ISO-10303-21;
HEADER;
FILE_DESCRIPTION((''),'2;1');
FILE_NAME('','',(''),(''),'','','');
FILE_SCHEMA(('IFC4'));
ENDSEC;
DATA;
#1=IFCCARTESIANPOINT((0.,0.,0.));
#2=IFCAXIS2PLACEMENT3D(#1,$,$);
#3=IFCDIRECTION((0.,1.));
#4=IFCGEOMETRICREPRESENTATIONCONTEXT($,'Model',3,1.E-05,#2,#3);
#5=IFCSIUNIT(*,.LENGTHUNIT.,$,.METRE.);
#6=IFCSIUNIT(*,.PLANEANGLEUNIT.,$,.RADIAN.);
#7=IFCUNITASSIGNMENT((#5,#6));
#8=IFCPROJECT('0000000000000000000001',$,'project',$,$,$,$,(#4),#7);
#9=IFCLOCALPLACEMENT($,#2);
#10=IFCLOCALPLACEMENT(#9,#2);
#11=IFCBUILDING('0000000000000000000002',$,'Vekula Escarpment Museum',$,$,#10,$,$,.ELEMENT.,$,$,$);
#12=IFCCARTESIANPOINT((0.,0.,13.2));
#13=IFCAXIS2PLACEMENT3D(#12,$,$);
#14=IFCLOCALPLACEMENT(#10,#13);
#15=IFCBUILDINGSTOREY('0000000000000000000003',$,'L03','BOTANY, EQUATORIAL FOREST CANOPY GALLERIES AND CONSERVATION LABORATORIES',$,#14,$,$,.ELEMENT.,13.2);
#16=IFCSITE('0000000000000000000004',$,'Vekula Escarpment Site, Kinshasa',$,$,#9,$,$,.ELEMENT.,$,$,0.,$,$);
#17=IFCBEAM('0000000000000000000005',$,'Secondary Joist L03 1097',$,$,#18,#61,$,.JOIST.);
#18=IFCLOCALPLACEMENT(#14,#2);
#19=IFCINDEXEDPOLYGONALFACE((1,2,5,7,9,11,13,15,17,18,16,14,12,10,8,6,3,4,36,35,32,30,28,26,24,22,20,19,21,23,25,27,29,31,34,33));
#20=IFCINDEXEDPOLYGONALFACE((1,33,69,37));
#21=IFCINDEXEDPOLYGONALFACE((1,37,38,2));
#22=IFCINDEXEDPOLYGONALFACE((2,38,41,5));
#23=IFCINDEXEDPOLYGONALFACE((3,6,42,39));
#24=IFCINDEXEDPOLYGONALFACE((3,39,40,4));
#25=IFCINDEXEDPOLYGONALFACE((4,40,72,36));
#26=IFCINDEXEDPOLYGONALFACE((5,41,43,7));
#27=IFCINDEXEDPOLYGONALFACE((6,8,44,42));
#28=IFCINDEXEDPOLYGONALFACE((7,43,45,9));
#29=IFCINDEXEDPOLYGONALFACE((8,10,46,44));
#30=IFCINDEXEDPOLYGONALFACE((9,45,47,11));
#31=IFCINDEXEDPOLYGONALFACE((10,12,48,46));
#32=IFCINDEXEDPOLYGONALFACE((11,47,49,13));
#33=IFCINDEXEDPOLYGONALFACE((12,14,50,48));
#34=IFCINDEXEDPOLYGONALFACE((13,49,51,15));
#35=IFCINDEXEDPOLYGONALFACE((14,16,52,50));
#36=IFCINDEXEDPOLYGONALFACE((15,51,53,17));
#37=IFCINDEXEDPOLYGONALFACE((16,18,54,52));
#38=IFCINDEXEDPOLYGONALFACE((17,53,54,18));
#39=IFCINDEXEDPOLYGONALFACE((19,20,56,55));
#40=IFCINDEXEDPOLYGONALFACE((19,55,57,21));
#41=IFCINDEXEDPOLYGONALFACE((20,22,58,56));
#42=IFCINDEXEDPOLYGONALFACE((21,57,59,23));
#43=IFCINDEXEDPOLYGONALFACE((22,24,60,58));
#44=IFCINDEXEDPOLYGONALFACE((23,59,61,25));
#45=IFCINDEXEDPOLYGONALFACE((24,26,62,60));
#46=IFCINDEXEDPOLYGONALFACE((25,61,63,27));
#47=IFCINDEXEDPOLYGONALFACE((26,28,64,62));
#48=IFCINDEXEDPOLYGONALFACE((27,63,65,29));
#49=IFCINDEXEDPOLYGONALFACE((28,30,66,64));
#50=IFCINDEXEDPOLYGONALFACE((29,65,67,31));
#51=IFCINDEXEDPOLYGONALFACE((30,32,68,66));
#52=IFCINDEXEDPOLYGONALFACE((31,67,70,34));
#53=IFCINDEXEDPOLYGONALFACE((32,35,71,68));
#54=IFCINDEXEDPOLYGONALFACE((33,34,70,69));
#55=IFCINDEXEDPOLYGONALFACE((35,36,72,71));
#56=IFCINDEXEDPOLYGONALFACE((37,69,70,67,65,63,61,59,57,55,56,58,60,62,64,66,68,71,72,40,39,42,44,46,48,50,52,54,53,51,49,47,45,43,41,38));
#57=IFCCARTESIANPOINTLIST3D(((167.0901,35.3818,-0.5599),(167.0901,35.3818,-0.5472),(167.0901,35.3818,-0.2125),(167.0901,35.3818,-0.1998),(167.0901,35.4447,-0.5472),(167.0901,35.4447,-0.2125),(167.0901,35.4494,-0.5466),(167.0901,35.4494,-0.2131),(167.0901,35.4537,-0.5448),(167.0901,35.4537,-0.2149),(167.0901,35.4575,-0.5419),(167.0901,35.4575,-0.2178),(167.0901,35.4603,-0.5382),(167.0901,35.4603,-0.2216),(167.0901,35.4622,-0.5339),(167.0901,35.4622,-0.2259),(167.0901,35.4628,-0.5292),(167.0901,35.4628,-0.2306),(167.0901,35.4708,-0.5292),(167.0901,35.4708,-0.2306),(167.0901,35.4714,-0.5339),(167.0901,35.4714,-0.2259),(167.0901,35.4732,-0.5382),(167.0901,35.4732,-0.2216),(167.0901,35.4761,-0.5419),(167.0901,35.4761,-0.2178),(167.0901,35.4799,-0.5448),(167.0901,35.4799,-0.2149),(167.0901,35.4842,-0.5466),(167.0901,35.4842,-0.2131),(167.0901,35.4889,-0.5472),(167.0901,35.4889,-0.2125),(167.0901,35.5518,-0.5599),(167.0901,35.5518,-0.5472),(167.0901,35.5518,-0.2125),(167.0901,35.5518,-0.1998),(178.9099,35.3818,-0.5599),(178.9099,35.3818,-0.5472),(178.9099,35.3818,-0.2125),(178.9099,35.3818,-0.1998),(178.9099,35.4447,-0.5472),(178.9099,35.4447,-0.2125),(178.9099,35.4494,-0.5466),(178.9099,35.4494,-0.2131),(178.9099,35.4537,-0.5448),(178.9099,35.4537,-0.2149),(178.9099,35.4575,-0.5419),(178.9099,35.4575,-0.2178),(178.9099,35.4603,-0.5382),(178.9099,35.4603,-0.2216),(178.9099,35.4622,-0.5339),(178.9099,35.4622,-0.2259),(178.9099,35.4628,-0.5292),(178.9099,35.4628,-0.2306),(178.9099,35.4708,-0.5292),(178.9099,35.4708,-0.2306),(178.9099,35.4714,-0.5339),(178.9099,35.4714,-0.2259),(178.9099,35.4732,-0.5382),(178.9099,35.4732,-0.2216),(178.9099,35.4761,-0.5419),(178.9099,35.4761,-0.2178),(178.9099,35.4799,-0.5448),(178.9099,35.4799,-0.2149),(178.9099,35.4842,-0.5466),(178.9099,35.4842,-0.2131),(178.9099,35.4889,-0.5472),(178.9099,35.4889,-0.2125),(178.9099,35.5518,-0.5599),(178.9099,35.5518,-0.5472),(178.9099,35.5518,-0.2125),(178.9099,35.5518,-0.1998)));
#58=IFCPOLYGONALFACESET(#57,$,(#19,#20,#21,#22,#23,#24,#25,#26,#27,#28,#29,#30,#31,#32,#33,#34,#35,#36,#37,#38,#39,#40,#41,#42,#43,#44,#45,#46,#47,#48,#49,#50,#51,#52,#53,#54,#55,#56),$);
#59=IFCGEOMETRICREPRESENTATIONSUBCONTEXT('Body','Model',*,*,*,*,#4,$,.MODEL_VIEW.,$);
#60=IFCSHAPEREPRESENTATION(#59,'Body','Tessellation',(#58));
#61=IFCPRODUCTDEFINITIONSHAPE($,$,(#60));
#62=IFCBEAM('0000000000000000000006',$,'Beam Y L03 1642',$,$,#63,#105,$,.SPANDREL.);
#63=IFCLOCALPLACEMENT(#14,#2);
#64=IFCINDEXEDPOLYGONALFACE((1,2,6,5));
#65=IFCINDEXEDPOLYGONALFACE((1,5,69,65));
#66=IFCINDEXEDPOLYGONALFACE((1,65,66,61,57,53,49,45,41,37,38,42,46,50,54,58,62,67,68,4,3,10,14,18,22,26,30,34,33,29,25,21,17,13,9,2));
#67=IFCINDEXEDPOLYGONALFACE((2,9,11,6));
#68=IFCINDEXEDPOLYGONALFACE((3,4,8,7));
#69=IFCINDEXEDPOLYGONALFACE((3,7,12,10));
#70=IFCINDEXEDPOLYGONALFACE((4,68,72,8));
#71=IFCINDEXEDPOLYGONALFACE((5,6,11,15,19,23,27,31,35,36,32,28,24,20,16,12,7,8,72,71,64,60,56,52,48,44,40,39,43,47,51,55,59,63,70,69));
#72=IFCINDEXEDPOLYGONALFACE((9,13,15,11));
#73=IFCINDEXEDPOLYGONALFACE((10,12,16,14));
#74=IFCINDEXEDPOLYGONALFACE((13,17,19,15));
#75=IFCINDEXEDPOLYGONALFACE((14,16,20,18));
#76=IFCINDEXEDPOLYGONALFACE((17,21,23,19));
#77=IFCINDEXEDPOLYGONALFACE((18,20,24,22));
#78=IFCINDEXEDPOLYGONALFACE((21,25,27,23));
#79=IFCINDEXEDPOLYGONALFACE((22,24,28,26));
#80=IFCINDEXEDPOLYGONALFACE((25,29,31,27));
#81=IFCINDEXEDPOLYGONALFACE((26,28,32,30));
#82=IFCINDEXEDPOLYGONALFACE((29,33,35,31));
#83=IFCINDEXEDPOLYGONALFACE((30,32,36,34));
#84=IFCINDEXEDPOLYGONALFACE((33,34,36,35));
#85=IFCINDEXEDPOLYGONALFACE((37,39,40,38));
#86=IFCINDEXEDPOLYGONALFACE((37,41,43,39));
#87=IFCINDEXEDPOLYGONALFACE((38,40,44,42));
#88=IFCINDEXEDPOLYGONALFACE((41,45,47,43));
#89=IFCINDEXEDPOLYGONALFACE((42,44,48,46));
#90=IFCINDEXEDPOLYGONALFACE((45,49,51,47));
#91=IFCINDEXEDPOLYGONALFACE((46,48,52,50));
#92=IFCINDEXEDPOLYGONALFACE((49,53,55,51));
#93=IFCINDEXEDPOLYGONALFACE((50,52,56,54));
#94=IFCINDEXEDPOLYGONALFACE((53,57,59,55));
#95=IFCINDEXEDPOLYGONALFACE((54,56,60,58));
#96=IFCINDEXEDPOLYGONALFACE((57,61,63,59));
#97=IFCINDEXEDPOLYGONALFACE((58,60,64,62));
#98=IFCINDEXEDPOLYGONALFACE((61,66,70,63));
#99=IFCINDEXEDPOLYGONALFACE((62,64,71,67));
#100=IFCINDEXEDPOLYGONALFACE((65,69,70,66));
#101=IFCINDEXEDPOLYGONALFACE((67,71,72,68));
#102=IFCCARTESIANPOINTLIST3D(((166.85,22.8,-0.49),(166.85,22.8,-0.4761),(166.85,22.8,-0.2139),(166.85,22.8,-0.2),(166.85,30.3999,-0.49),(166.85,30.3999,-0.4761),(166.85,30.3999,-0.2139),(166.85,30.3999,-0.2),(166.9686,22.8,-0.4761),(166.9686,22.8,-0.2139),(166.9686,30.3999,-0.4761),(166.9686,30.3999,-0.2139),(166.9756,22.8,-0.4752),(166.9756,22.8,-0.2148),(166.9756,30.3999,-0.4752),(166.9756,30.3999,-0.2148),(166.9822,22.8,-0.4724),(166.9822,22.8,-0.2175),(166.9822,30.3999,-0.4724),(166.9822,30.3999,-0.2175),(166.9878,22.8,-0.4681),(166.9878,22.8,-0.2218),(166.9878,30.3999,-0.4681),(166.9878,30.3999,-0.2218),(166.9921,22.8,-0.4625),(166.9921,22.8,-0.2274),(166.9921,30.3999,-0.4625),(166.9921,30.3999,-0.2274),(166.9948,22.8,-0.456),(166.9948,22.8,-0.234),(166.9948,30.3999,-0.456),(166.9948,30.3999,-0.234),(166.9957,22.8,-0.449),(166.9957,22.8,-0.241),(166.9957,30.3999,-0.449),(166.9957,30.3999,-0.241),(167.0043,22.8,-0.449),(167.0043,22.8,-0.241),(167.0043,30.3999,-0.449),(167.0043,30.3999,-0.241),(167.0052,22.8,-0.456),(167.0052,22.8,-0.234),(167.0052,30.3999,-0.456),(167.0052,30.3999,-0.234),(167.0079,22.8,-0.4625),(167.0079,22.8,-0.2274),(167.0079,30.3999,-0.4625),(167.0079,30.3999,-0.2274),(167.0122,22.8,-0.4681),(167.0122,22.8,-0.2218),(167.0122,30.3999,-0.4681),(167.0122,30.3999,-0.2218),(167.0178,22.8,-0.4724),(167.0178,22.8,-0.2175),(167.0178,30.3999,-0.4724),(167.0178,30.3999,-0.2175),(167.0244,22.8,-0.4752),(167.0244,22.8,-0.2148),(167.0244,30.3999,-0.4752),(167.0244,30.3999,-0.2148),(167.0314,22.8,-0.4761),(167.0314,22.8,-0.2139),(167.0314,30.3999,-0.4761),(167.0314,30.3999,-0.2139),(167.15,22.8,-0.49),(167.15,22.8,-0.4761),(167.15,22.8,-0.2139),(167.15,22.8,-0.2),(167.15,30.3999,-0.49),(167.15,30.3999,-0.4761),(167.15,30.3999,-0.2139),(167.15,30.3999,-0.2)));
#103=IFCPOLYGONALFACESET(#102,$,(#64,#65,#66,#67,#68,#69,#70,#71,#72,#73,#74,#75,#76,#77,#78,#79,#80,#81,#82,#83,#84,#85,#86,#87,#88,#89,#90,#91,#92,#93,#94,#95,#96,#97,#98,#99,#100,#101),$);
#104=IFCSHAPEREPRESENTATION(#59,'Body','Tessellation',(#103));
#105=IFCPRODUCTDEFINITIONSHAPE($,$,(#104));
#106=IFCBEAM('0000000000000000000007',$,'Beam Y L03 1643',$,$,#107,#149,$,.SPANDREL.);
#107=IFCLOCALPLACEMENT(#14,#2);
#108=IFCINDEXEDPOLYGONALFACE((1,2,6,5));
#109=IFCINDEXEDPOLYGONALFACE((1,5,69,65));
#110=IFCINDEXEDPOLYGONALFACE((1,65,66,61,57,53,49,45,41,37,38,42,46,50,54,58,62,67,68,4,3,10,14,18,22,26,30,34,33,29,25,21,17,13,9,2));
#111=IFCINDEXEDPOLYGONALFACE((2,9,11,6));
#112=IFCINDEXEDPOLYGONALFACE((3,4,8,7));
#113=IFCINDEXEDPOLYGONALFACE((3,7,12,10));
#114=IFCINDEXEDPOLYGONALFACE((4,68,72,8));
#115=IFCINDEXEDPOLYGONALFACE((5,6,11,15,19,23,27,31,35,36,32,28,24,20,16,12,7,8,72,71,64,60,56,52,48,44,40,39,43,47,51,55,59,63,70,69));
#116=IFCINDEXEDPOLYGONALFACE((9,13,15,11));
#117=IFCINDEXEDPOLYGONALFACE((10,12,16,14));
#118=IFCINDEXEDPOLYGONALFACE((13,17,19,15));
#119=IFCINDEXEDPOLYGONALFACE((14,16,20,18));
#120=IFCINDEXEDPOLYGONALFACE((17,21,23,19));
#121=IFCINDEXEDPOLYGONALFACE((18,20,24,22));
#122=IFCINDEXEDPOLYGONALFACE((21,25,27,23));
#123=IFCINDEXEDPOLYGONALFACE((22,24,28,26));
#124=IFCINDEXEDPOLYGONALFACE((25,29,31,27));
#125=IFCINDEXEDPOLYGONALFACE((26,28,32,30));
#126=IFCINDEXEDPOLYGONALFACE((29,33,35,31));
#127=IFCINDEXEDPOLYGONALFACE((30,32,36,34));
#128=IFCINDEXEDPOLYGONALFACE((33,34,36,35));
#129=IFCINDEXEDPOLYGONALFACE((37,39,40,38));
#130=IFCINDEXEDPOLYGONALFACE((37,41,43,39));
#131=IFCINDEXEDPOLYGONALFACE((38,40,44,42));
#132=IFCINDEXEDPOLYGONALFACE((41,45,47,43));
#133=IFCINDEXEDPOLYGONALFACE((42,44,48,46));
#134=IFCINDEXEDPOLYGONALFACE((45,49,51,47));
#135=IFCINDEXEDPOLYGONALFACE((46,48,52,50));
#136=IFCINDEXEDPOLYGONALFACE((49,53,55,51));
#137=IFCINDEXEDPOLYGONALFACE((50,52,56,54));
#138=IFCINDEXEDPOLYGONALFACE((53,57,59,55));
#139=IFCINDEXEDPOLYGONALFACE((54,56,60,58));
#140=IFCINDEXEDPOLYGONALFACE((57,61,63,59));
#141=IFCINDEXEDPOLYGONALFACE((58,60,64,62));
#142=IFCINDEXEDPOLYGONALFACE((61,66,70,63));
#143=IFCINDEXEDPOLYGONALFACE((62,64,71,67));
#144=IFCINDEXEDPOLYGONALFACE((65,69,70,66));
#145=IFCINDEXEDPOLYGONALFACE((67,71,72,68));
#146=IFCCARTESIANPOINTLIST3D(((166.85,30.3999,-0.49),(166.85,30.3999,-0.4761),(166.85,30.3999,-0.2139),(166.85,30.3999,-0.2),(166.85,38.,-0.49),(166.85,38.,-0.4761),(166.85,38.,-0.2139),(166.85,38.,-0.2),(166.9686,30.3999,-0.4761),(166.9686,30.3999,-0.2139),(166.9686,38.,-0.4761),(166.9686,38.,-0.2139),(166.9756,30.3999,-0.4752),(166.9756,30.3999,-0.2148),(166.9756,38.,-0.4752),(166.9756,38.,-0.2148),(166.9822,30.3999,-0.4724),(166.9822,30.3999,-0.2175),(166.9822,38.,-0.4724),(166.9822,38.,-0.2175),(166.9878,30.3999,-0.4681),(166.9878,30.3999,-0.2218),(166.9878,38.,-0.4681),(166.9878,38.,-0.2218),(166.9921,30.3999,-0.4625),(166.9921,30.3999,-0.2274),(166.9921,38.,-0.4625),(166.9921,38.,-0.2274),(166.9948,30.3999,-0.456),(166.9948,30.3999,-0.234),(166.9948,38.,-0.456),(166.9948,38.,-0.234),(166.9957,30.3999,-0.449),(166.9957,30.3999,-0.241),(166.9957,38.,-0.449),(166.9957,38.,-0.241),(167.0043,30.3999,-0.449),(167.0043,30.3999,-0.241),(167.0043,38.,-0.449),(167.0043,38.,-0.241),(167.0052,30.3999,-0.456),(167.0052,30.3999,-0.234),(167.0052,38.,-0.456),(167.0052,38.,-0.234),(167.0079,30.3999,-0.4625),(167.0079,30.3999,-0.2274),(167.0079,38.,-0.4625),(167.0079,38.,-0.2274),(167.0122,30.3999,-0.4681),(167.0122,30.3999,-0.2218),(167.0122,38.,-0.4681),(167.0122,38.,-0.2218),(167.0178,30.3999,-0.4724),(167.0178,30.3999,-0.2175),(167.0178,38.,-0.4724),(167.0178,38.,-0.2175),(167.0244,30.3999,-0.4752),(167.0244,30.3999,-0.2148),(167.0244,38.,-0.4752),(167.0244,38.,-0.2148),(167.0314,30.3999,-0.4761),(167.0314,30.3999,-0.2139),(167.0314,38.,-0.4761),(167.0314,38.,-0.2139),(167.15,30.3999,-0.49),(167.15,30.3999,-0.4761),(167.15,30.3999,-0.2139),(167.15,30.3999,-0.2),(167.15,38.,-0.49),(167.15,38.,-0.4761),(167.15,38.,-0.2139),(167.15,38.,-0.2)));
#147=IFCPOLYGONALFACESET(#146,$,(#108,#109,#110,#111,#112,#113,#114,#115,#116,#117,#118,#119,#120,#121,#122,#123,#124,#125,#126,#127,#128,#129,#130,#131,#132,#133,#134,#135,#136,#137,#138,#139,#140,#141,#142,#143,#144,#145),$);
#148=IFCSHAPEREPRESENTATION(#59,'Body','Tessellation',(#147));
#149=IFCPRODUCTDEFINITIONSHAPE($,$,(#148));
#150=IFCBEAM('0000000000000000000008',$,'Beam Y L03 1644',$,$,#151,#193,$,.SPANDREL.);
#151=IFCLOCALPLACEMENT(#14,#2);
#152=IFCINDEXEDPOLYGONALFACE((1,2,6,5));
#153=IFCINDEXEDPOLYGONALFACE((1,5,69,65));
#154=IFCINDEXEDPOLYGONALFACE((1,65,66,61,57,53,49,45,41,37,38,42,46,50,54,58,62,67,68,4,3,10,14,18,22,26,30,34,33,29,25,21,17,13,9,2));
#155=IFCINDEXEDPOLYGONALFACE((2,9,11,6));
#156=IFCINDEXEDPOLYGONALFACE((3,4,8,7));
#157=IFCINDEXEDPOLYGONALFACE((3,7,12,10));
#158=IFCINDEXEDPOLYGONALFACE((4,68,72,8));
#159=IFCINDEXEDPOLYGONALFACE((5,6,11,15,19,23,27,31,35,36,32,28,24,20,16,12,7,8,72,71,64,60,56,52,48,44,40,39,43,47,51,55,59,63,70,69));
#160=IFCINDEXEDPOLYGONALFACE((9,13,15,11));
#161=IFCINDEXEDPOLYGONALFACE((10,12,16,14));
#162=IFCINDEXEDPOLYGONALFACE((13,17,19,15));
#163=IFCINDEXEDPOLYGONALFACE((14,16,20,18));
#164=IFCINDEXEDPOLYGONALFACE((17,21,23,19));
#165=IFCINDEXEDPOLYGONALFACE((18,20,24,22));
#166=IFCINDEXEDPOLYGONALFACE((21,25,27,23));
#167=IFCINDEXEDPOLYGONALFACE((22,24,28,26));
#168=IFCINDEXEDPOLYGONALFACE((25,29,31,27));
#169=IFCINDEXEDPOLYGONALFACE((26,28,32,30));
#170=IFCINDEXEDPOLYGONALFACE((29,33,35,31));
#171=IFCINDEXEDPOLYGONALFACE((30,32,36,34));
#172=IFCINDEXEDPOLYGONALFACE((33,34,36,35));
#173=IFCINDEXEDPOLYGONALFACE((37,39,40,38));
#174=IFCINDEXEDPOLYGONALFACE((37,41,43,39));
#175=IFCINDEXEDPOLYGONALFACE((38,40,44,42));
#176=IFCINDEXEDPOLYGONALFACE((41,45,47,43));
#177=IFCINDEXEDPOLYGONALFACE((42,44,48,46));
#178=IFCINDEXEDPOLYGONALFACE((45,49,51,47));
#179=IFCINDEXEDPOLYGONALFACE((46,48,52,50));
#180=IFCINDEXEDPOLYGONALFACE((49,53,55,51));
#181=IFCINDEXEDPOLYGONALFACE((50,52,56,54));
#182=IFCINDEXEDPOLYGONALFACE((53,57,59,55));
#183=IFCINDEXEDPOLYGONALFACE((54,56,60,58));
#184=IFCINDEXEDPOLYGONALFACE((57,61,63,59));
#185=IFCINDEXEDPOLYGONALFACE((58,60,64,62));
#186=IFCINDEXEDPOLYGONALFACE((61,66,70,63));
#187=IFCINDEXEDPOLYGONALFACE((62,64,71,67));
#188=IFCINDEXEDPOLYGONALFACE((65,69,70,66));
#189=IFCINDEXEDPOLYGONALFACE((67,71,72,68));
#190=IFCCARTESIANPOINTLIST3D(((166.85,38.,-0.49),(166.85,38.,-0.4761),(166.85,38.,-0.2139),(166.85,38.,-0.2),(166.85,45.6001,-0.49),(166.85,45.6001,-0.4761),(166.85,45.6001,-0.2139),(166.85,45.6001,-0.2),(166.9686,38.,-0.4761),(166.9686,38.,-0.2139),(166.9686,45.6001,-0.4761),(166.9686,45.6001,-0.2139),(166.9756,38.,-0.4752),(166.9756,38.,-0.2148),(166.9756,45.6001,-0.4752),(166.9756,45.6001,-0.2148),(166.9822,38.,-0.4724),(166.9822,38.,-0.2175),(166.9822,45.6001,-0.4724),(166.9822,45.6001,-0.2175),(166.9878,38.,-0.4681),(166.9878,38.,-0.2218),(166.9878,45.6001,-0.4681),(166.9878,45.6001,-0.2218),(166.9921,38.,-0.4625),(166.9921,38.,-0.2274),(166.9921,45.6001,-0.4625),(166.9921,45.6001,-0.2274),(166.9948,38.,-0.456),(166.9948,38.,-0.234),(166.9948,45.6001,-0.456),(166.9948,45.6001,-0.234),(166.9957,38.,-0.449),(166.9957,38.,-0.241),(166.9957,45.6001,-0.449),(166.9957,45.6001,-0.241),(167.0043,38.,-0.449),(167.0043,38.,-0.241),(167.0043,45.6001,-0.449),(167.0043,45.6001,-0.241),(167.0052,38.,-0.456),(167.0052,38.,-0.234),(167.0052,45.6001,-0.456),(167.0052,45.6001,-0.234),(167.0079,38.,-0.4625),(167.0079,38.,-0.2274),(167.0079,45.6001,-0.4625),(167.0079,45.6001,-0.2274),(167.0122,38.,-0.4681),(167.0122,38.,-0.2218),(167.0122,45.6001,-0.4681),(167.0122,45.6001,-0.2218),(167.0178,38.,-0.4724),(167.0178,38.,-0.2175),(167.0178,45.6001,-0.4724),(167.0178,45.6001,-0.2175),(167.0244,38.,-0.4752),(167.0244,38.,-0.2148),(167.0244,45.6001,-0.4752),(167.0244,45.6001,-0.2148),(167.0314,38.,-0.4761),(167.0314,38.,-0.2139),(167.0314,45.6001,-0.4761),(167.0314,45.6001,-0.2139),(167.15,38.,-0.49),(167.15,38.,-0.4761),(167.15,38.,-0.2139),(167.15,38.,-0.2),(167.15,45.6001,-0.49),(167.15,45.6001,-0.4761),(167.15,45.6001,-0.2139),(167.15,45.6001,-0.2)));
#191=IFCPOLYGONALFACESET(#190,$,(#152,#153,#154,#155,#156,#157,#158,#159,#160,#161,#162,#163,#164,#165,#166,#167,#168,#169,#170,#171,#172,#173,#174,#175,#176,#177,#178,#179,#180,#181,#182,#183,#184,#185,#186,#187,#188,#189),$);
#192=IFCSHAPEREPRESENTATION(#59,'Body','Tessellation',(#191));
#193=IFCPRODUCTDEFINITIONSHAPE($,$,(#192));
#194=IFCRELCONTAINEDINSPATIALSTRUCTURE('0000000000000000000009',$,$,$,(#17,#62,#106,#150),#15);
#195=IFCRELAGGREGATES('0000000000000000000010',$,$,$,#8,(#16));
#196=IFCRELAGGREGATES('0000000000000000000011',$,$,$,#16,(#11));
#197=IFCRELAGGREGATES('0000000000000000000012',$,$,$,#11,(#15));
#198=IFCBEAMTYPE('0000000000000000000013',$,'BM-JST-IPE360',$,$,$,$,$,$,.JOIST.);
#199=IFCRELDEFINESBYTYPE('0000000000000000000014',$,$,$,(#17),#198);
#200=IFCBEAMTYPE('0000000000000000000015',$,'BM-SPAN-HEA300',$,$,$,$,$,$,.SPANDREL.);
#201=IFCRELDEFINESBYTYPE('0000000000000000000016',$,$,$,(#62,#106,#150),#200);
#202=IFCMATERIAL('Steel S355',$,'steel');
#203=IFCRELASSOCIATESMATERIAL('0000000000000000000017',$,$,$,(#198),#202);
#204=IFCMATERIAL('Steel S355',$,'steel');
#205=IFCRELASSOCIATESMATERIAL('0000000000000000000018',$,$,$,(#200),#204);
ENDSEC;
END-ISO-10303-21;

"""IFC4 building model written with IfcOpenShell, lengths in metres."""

from ifc_helpers import new_model, si_unit, direction, frame, origin, origin_2d, place, context, subcontext, project, spatial, i_section, extrude, material, material_profile, profile_set, type_object, element, save


model = new_model("IFC4")

# Units and contexts
model_context = context("Model", 3, precision=1e-05, world=origin(), true_north=direction((0.0, 1.0)))
body_context = subcontext(model_context, "Body", "Model", "MODEL_VIEW")
ifc_project = project(units=[si_unit("LENGTHUNIT", "METRE"), si_unit("PLANEANGLEUNIT", "RADIAN")], contexts=[model_context])

# Site, building, storey
site_placement = place(None, origin())
site = spatial("IfcSite", under=ifc_project, at=site_placement, Name="Vekula Escarpment Site, Kinshasa", CompositionType="ELEMENT", RefElevation=0.0)
building_placement = place(site_placement, origin())
building = spatial("IfcBuilding", under=site, at=building_placement, Name="Vekula Escarpment Museum", CompositionType="ELEMENT")
storey_placement = place(building_placement, frame((0.0, 0.0, 13.2)))
storey = spatial("IfcBuildingStorey", under=building, at=storey_placement, Name="L03", Description="BOTANY, EQUATORIAL FOREST CANOPY GALLERIES AND CONSERVATION LABORATORIES", CompositionType="ELEMENT", Elevation=13.2)

# Beams
ifc_material_1 = material(Name="Steel S355", Category="steel")
ifc_material_profile_1 = material_profile(ifc_material_1, i_section(OverallWidth=0.1699, OverallDepth=0.3601, WebThickness=0.0081, FlangeThickness=0.0127, FilletRadius=0.0181, at=origin_2d()), Name="IPE 360")
ifc_profile_set_1 = profile_set([ifc_material_profile_1], Name="Steel S355")
beam_type_1 = type_object("IfcBeamType", Name="BM-JST-IPE360", PredefinedType="JOIST", material=ifc_profile_set_1)
for number, where, z_axis, x_axis, name in (
    (1, (167.0901, 35.4668, -0.3799), (1.0, 0.0, 0.0), (0.0, 1.0, 0.0), "Secondary Joist L03 1097"),
):
    element("IfcBeam", number, at=place(storey_placement, frame(where, z_axis=z_axis, x_axis=x_axis)), inside=storey, type_object=beam_type_1, Name=name, PredefinedType="JOIST", context=body_context, shape_type="SweptSolid", body=[
        extrude(i_section(OverallWidth=0.1699, OverallDepth=0.3601, WebThickness=0.0081, FlangeThickness=0.0127, FilletRadius=0.0181, at=origin_2d()), origin(), (0.0, 0.0, 1.0), 11.8198),
    ])
ifc_material_2 = material(Name="Steel S355", Category="steel")
ifc_material_profile_2 = material_profile(ifc_material_2, i_section(OverallWidth=0.3, OverallDepth=0.29, WebThickness=0.0085, FlangeThickness=0.0139, FilletRadius=0.0271, at=origin_2d()), Name="HEA 300")
ifc_profile_set_2 = profile_set([ifc_material_profile_2], Name="Steel S355")
beam_type_2 = type_object("IfcBeamType", Name="BM-SPAN-HEA300", PredefinedType="SPANDREL", material=ifc_profile_set_2)
beam_1_placement = place(storey_placement, frame((167.0, 22.8, -0.345), z_axis=(0.0, 1.0, 0.0), x_axis=(-1.0, 0.0, 0.0)))
element("IfcBeam", 2, at=beam_1_placement, inside=storey, type_object=beam_type_2, Name="Beam Y L03 1642", PredefinedType="SPANDREL", context=body_context, shape_type="SweptSolid", body=[
    extrude(i_section(OverallWidth=0.3, OverallDepth=0.29, WebThickness=0.0085, FlangeThickness=0.0139, FilletRadius=0.0271, at=origin_2d()), origin(), (0.0, 0.0, 1.0), 7.5999),
])
for number, where, z_axis, x_axis, name in (
    (3, (167.0, 30.3999, -0.345), (0.0, 1.0, 0.0), (-1.0, 0.0, 0.0), "Beam Y L03 1643"),
    (4, (167.0, 38.0, -0.345), (0.0, 1.0, 0.0), (-1.0, 0.0, 0.0), "Beam Y L03 1644"),
):
    element("IfcBeam", number, at=place(storey_placement, frame(where, z_axis=z_axis, x_axis=x_axis)), inside=storey, type_object=beam_type_2, Name=name, PredefinedType="SPANDREL", context=body_context, shape_type="SweptSolid", body=[
        extrude(i_section(OverallWidth=0.3, OverallDepth=0.29, WebThickness=0.0085, FlangeThickness=0.0139, FilletRadius=0.0271, at=origin_2d()), origin(), (0.0, 0.0, 1.0), 7.6001),
    ])

save(model, "model.ifc")
